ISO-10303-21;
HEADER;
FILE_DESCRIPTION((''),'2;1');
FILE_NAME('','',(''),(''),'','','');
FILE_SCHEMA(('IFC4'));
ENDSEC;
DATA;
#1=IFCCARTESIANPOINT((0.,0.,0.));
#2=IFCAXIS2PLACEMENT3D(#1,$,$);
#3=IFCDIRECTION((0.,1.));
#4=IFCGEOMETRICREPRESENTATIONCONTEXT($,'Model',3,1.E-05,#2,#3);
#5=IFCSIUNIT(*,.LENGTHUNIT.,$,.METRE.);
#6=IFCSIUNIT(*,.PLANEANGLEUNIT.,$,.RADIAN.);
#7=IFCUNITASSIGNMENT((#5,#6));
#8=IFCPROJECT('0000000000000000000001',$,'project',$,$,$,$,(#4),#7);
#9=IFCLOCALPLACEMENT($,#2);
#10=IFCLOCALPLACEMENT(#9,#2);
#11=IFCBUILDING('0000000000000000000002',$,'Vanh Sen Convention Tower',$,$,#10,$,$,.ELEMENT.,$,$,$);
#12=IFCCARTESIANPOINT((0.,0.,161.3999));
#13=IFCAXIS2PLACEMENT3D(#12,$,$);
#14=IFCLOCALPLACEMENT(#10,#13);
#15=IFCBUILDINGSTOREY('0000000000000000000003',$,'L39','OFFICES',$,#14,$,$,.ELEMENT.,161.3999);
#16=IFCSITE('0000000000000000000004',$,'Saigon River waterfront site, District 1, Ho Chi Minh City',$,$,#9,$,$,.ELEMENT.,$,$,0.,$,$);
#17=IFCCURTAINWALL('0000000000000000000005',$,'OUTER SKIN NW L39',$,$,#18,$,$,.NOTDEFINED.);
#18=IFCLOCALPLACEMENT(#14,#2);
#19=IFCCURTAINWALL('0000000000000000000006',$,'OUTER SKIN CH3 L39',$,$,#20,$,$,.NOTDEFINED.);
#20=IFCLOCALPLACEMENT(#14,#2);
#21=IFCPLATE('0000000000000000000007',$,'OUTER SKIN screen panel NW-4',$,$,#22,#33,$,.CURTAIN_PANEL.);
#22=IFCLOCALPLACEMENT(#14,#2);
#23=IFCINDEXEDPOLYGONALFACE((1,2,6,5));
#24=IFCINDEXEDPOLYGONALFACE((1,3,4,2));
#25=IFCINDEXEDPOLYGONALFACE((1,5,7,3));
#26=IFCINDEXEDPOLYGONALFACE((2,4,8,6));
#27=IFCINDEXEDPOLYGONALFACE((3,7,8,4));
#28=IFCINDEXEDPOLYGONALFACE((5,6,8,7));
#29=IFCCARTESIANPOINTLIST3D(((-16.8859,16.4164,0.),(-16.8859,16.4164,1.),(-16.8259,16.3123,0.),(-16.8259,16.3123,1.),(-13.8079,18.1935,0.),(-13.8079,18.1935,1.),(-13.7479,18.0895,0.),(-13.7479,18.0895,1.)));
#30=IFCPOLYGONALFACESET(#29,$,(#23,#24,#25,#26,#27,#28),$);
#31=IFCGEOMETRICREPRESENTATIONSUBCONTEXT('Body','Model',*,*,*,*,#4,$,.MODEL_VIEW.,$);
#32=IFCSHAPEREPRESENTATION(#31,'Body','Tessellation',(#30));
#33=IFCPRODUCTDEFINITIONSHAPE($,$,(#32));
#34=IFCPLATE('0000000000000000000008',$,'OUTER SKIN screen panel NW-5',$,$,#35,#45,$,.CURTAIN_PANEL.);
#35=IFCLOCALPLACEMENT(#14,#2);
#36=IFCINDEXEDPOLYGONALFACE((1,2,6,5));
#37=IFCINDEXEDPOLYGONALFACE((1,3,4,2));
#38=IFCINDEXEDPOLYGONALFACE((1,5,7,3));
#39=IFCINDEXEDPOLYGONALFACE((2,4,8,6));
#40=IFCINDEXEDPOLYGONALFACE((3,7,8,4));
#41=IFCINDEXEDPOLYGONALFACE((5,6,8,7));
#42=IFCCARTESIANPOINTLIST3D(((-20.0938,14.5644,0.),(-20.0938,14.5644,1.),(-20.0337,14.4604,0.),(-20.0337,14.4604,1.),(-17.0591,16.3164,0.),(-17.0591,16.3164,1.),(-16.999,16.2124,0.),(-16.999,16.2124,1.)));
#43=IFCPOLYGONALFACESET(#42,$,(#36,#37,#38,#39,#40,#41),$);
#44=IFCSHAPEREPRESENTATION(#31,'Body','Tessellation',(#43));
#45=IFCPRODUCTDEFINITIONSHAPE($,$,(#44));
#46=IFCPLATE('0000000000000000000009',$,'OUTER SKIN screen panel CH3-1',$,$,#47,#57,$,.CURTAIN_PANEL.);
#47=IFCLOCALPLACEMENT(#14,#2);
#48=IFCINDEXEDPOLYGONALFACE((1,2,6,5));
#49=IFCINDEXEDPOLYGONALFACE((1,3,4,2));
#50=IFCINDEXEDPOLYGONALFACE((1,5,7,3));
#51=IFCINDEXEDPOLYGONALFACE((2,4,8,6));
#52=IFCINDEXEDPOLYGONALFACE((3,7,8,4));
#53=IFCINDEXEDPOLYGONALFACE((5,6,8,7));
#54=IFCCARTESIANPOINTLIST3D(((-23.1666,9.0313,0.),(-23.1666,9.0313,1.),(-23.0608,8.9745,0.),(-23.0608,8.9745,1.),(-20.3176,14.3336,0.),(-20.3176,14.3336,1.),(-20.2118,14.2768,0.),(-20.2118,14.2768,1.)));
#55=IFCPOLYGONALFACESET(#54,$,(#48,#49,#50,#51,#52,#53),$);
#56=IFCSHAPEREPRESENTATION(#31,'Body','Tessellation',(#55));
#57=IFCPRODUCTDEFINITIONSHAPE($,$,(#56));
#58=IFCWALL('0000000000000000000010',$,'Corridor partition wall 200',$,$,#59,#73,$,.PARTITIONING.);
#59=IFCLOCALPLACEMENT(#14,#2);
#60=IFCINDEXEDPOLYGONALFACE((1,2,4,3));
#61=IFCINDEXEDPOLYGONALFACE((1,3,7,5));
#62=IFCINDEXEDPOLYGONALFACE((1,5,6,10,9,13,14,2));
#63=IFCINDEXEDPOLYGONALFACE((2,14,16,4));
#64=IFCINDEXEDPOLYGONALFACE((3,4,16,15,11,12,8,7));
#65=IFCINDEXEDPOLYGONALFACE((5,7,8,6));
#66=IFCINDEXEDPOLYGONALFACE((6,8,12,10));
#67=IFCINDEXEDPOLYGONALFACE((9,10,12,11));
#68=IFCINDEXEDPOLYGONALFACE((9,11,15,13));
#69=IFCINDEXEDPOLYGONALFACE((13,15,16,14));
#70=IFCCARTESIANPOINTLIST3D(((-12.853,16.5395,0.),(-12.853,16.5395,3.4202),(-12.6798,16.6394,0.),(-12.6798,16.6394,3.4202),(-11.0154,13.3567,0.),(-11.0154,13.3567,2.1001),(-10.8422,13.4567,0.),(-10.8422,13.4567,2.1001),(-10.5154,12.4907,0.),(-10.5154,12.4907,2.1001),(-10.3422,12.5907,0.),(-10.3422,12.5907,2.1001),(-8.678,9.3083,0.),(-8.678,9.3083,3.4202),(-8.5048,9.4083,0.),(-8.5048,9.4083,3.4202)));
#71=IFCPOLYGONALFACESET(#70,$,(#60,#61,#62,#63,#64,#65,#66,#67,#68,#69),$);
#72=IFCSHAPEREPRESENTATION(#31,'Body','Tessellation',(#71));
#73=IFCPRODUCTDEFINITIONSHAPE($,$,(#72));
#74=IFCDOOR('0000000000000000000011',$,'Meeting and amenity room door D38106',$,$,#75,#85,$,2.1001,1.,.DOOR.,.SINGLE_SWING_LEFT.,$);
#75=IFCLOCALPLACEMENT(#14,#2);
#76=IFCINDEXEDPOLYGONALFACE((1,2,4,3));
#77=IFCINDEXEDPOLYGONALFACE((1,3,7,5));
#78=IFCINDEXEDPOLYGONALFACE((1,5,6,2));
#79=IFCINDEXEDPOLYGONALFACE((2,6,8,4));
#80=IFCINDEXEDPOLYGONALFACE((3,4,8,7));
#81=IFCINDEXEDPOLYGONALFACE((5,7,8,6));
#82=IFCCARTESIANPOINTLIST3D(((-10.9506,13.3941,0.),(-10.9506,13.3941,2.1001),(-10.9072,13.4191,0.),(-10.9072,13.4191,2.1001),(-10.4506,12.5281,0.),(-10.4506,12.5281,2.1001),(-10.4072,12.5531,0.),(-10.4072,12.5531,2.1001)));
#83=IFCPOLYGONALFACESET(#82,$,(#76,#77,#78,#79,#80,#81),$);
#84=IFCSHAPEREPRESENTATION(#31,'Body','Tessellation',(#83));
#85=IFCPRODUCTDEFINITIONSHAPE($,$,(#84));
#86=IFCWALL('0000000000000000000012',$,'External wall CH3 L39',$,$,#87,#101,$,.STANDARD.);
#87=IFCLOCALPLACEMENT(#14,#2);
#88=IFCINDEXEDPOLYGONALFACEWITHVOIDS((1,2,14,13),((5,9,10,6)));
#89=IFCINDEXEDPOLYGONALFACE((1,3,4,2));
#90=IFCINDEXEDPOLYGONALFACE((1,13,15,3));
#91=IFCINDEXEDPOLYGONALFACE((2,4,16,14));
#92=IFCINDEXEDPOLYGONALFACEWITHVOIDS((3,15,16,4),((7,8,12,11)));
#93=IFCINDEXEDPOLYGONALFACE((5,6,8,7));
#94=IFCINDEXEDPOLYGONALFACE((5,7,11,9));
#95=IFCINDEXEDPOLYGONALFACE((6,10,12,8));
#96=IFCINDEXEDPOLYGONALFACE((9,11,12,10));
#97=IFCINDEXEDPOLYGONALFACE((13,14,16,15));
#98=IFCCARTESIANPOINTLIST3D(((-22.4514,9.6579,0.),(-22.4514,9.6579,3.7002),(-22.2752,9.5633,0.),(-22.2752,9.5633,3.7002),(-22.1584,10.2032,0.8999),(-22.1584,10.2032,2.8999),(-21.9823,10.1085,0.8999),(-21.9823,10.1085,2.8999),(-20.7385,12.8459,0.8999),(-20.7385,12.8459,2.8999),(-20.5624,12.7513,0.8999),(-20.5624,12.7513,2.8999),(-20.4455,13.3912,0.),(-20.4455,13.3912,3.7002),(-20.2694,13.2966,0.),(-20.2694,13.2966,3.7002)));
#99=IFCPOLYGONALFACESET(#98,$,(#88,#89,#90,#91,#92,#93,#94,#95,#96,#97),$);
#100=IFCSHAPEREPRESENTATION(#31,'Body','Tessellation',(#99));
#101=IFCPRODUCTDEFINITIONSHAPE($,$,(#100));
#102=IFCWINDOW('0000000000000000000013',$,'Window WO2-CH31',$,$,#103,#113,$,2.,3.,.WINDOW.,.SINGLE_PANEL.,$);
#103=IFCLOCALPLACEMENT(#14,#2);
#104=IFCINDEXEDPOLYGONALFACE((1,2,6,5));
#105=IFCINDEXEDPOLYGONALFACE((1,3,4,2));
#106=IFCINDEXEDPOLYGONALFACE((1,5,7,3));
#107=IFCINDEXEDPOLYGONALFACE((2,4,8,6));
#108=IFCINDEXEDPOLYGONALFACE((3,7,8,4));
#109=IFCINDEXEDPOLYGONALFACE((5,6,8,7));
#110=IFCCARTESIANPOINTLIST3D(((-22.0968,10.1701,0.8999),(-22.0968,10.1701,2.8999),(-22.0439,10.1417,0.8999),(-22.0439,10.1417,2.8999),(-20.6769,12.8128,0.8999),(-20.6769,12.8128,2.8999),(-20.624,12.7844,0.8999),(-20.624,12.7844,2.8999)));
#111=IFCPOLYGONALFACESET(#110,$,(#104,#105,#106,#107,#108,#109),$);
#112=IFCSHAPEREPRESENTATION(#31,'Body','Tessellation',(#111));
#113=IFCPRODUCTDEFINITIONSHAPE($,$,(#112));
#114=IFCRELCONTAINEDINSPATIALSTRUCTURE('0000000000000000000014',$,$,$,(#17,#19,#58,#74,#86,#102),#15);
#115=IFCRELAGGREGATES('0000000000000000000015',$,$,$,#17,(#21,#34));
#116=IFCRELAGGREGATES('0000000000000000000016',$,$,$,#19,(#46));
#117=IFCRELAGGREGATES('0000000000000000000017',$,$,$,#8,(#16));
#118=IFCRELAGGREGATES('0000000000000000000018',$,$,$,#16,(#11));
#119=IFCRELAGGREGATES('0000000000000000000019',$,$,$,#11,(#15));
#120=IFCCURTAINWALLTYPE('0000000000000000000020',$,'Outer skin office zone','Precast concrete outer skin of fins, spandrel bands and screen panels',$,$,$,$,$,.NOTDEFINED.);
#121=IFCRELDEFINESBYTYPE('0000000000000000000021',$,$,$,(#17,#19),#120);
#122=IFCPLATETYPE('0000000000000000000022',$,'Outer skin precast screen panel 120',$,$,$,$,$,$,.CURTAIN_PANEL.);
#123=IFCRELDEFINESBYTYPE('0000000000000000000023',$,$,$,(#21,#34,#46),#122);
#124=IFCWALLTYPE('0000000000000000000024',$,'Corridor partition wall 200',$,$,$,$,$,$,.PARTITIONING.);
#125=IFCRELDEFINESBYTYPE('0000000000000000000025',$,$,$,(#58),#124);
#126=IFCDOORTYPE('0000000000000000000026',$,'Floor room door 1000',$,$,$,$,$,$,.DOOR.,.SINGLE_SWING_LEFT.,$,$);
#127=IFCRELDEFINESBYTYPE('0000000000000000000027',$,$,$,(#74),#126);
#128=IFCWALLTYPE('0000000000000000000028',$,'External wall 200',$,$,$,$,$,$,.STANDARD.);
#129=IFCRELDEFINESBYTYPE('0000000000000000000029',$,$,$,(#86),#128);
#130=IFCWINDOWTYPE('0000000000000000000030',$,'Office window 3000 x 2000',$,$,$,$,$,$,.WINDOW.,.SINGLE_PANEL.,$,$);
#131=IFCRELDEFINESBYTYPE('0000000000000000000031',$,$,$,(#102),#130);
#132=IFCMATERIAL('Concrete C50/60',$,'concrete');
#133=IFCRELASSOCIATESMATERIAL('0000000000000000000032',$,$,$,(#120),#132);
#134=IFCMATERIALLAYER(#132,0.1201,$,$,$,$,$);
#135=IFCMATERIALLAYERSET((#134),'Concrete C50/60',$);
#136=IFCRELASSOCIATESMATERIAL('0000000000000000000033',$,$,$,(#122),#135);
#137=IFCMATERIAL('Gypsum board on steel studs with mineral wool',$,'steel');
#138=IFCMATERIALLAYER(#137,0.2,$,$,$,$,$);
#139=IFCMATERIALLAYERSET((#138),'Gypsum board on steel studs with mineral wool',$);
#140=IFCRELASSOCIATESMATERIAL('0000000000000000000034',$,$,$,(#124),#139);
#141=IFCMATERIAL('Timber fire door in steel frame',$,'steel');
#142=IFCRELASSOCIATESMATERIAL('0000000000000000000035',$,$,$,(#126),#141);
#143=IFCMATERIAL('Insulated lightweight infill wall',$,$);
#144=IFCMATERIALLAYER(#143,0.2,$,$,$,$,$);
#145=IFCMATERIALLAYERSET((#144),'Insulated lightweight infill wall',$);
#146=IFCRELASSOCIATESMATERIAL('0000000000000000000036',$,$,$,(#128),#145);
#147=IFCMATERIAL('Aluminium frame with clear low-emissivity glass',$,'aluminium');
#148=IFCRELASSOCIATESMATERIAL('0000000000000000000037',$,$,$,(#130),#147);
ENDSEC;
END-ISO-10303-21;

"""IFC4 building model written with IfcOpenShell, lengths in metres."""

from ifc_helpers import new_model, si_unit, direction, frame, frame_2d, origin, origin_2d, place, context, subcontext, project, spatial, rectangle, extrude, material, layer, layer_set, type_object, element, fill, aggregate, save


model = new_model("IFC4")

# Units and contexts
model_context = context("Model", 3, precision=1e-05, world=origin(), true_north=direction((0.0, 1.0)))
body_context = subcontext(model_context, "Body", "Model", "MODEL_VIEW")
ifc_project = project(units=[si_unit("LENGTHUNIT", "METRE"), si_unit("PLANEANGLEUNIT", "RADIAN")], contexts=[model_context])

# Site, building, storey
site_placement = place(None, origin())
site = spatial("IfcSite", under=ifc_project, at=site_placement, Name="Saigon River waterfront site, District 1, Ho Chi Minh City", CompositionType="ELEMENT", RefElevation=0.0)
building_placement = place(site_placement, origin())
building = spatial("IfcBuilding", under=site, at=building_placement, Name="Vanh Sen Convention Tower", CompositionType="ELEMENT")
storey_placement = place(building_placement, frame((0.0, 0.0, 161.3999)))
storey = spatial("IfcBuildingStorey", under=building, at=storey_placement, Name="L39", Description="OFFICES", CompositionType="ELEMENT", Elevation=161.3999)

# Curtain wall
ifc_material_1 = material(Name="Concrete C50/60", Category="concrete")
curtain_wall_type = type_object("IfcCurtainWallType", Name="Outer skin office zone", Description="Precast concrete outer skin of fins, spandrel bands and screen panels", PredefinedType="NOTDEFINED", material=ifc_material_1)
curtain_wall_1_placement = place(storey_placement, origin())
curtain_wall_1 = element("IfcCurtainWall", 1, at=curtain_wall_1_placement, inside=storey, type_object=curtain_wall_type, Name="OUTER SKIN NW L39", PredefinedType="NOTDEFINED")

# Curtain wall
curtain_wall_2_placement = place(storey_placement, origin())
curtain_wall_2 = element("IfcCurtainWall", 2, at=curtain_wall_2_placement, inside=storey, type_object=curtain_wall_type, Name="OUTER SKIN CH3 L39", PredefinedType="NOTDEFINED")

# Plates
ifc_layer_1 = layer(ifc_material_1, 0.1201)
ifc_layer_set_1 = layer_set([ifc_layer_1], Name="Concrete C50/60")
plate_type = type_object("IfcPlateType", Name="Outer skin precast screen panel 120", PredefinedType="CURTAIN_PANEL", material=ifc_layer_set_1)
plate_1_placement = place(storey_placement, frame((-15.3169, 17.2529, 0.0), z_axis=(0.0, 0.0, 1.0), x_axis=(-0.866017, -0.500015, 0.0)))
plate_1 = element("IfcPlate", 3, at=plate_1_placement, type_object=plate_type, Name="OUTER SKIN screen panel NW-4", PredefinedType="CURTAIN_PANEL", context=body_context, shape_type="SweptSolid", body=[
    extrude(rectangle(XDim=3.5542, YDim=0.1201, at=origin_2d()), origin(), (0.0, 0.0, 1.0), 1.0),
])
plate_2_placement = place(storey_placement, frame((-18.5464, 15.3884, 0.0), z_axis=(0.0, 0.0, 1.0), x_axis=(-0.866035, -0.499983, 0.0)))
plate_2 = element("IfcPlate", 4, at=plate_2_placement, type_object=plate_type, Name="OUTER SKIN screen panel NW-5", PredefinedType="CURTAIN_PANEL", context=body_context, shape_type="SweptSolid", body=[
    extrude(rectangle(XDim=3.5042, YDim=0.1201, at=origin_2d()), origin(), (0.0, 0.0, 1.0), 1.0),
])
aggregate(curtain_wall_1, [plate_1, plate_2])
plate_3_placement = place(storey_placement, frame((-21.6892, 11.6541, 0.0), z_axis=(0.0, 0.0, 1.0), x_axis=(-0.473318, -0.880892, 0.0)))
plate_3 = element("IfcPlate", 5, at=plate_3_placement, type_object=plate_type, Name="OUTER SKIN screen panel CH3-1", PredefinedType="CURTAIN_PANEL", context=body_context, shape_type="SweptSolid", body=[
    extrude(rectangle(XDim=6.0193, YDim=0.1201, at=origin_2d()), origin(), (0.0, 0.0, 1.0), 1.0),
])
aggregate(curtain_wall_2, [plate_3])

# Wall, opening, door
ifc_material_2 = material(Name="Gypsum board on steel studs with mineral wool", Category="steel")
ifc_layer_2 = layer(ifc_material_2, 0.2)
ifc_layer_set_2 = layer_set([ifc_layer_2], Name="Gypsum board on steel studs with mineral wool")
wall_type_1 = type_object("IfcWallType", Name="Corridor partition wall 200", PredefinedType="PARTITIONING", material=ifc_layer_set_2)
wall_1_placement = place(storey_placement, frame((-12.7664, 16.5894, 0.0), z_axis=(0.0, 0.0, 1.0), x_axis=(0.50001, -0.86602, 0.0)))
wall_1 = element("IfcWall", 6, at=wall_1_placement, inside=storey, type_object=wall_type_1, Name="Corridor partition wall 200", PredefinedType="PARTITIONING", context=body_context, shape_type="SweptSolid", body=[
    extrude(rectangle(XDim=8.3499, YDim=0.2, at=frame_2d((4.1748, 0.0))), origin(), (0.0, 0.0, 1.0), 3.4202),
])
opening_1_placement = place(wall_1_placement, frame((3.675, 0.0, 0.0)))
opening_1 = element("IfcOpeningElement", 7, at=opening_1_placement, cuts=wall_1, PredefinedType="OPENING", context=body_context, shape_type="SweptSolid", body=[
    extrude(rectangle(XDim=1.0, YDim=2.1001, at=frame_2d((0.5, 1.05))), frame((0.0, 0.1099, 0.0), z_axis=(0.0, -1.0, 0.0), x_axis=(1.0, 0.0, 0.0)), (0.0, 0.0, 1.0), 0.22),
])
ifc_material_3 = material(Name="Timber fire door in steel frame", Category="steel")
door_type = type_object("IfcDoorType", Name="Floor room door 1000", OperationType="SINGLE_SWING_LEFT", PredefinedType="DOOR", material=ifc_material_3)
door_placement = place(opening_1_placement, origin())
door = element("IfcDoor", 8, at=door_placement, inside=storey, type_object=door_type, Name="Meeting and amenity room door D38106", OperationType="SINGLE_SWING_LEFT", OverallHeight=2.1001, OverallWidth=1.0, PredefinedType="DOOR", context=body_context, shape_type="SweptSolid", body=[
    extrude(rectangle(XDim=1.0, YDim=2.1001, at=frame_2d((0.5, 1.05))), frame((0.0, 0.0249, 0.0), z_axis=(0.0, -1.0, 0.0), x_axis=(1.0, 0.0, 0.0)), (0.0, 0.0, 1.0), 0.05),
])
fill(opening_1, door)

# Wall, opening, window
ifc_material_4 = material(Name="Insulated lightweight infill wall")
ifc_layer_3 = layer(ifc_material_4, 0.2)
ifc_layer_set_3 = layer_set([ifc_layer_3], Name="Insulated lightweight infill wall")
wall_type_2 = type_object("IfcWallType", Name="External wall 200", PredefinedType="STANDARD", material=ifc_layer_set_3)
wall_2_placement = place(storey_placement, frame((-20.3574, 13.344, 0.0), z_axis=(0.0, 0.0, 1.0), x_axis=(-0.473289, -0.880907, 0.0)))
wall_2 = element("IfcWall", 9, at=wall_2_placement, inside=storey, type_object=wall_type_2, Name="External wall CH3 L39", PredefinedType="STANDARD", context=body_context, shape_type="SweptSolid", body=[
    extrude(rectangle(XDim=4.238, YDim=0.2, at=frame_2d((2.1191, 0.0))), origin(), (0.0, 0.0, 1.0), 3.7002),
])
opening_2_placement = place(wall_2_placement, frame((0.6191, 0.0, 0.8999)))
opening_2 = element("IfcOpeningElement", 10, at=opening_2_placement, cuts=wall_2, PredefinedType="OPENING", context=body_context, shape_type="SweptSolid", body=[
    extrude(rectangle(XDim=3.0, YDim=2.0, at=frame_2d((1.5, 1.0))), frame((0.0, 0.1099, 0.0), z_axis=(0.0, -1.0, 0.0), x_axis=(1.0, 0.0, 0.0)), (0.0, 0.0, 1.0), 0.22),
])
ifc_material_5 = material(Name="Aluminium frame with clear low-emissivity glass", Category="aluminium")
window_type_1 = type_object("IfcWindowType", Name="Office window 3000 x 2000", PartitioningType="SINGLE_PANEL", PredefinedType="WINDOW", material=ifc_material_5)
window_1_placement = place(opening_2_placement, origin())
window_1 = element("IfcWindow", 11, at=window_1_placement, inside=storey, type_object=window_type_1, Name="Window WO2-CH31", OverallHeight=2.0, OverallWidth=3.0, PartitioningType="SINGLE_PANEL", PredefinedType="WINDOW", context=body_context, shape_type="SweptSolid", body=[
    extrude(rectangle(XDim=3.0, YDim=2.0, at=frame_2d((1.5, 1.0))), frame((0.0, 0.03, 0.0), z_axis=(0.0, -1.0, 0.0), x_axis=(1.0, 0.0, 0.0)), (0.0, 0.0, 1.0), 0.0601),
])
fill(opening_2, window_1)

save(model, "model.ifc")
